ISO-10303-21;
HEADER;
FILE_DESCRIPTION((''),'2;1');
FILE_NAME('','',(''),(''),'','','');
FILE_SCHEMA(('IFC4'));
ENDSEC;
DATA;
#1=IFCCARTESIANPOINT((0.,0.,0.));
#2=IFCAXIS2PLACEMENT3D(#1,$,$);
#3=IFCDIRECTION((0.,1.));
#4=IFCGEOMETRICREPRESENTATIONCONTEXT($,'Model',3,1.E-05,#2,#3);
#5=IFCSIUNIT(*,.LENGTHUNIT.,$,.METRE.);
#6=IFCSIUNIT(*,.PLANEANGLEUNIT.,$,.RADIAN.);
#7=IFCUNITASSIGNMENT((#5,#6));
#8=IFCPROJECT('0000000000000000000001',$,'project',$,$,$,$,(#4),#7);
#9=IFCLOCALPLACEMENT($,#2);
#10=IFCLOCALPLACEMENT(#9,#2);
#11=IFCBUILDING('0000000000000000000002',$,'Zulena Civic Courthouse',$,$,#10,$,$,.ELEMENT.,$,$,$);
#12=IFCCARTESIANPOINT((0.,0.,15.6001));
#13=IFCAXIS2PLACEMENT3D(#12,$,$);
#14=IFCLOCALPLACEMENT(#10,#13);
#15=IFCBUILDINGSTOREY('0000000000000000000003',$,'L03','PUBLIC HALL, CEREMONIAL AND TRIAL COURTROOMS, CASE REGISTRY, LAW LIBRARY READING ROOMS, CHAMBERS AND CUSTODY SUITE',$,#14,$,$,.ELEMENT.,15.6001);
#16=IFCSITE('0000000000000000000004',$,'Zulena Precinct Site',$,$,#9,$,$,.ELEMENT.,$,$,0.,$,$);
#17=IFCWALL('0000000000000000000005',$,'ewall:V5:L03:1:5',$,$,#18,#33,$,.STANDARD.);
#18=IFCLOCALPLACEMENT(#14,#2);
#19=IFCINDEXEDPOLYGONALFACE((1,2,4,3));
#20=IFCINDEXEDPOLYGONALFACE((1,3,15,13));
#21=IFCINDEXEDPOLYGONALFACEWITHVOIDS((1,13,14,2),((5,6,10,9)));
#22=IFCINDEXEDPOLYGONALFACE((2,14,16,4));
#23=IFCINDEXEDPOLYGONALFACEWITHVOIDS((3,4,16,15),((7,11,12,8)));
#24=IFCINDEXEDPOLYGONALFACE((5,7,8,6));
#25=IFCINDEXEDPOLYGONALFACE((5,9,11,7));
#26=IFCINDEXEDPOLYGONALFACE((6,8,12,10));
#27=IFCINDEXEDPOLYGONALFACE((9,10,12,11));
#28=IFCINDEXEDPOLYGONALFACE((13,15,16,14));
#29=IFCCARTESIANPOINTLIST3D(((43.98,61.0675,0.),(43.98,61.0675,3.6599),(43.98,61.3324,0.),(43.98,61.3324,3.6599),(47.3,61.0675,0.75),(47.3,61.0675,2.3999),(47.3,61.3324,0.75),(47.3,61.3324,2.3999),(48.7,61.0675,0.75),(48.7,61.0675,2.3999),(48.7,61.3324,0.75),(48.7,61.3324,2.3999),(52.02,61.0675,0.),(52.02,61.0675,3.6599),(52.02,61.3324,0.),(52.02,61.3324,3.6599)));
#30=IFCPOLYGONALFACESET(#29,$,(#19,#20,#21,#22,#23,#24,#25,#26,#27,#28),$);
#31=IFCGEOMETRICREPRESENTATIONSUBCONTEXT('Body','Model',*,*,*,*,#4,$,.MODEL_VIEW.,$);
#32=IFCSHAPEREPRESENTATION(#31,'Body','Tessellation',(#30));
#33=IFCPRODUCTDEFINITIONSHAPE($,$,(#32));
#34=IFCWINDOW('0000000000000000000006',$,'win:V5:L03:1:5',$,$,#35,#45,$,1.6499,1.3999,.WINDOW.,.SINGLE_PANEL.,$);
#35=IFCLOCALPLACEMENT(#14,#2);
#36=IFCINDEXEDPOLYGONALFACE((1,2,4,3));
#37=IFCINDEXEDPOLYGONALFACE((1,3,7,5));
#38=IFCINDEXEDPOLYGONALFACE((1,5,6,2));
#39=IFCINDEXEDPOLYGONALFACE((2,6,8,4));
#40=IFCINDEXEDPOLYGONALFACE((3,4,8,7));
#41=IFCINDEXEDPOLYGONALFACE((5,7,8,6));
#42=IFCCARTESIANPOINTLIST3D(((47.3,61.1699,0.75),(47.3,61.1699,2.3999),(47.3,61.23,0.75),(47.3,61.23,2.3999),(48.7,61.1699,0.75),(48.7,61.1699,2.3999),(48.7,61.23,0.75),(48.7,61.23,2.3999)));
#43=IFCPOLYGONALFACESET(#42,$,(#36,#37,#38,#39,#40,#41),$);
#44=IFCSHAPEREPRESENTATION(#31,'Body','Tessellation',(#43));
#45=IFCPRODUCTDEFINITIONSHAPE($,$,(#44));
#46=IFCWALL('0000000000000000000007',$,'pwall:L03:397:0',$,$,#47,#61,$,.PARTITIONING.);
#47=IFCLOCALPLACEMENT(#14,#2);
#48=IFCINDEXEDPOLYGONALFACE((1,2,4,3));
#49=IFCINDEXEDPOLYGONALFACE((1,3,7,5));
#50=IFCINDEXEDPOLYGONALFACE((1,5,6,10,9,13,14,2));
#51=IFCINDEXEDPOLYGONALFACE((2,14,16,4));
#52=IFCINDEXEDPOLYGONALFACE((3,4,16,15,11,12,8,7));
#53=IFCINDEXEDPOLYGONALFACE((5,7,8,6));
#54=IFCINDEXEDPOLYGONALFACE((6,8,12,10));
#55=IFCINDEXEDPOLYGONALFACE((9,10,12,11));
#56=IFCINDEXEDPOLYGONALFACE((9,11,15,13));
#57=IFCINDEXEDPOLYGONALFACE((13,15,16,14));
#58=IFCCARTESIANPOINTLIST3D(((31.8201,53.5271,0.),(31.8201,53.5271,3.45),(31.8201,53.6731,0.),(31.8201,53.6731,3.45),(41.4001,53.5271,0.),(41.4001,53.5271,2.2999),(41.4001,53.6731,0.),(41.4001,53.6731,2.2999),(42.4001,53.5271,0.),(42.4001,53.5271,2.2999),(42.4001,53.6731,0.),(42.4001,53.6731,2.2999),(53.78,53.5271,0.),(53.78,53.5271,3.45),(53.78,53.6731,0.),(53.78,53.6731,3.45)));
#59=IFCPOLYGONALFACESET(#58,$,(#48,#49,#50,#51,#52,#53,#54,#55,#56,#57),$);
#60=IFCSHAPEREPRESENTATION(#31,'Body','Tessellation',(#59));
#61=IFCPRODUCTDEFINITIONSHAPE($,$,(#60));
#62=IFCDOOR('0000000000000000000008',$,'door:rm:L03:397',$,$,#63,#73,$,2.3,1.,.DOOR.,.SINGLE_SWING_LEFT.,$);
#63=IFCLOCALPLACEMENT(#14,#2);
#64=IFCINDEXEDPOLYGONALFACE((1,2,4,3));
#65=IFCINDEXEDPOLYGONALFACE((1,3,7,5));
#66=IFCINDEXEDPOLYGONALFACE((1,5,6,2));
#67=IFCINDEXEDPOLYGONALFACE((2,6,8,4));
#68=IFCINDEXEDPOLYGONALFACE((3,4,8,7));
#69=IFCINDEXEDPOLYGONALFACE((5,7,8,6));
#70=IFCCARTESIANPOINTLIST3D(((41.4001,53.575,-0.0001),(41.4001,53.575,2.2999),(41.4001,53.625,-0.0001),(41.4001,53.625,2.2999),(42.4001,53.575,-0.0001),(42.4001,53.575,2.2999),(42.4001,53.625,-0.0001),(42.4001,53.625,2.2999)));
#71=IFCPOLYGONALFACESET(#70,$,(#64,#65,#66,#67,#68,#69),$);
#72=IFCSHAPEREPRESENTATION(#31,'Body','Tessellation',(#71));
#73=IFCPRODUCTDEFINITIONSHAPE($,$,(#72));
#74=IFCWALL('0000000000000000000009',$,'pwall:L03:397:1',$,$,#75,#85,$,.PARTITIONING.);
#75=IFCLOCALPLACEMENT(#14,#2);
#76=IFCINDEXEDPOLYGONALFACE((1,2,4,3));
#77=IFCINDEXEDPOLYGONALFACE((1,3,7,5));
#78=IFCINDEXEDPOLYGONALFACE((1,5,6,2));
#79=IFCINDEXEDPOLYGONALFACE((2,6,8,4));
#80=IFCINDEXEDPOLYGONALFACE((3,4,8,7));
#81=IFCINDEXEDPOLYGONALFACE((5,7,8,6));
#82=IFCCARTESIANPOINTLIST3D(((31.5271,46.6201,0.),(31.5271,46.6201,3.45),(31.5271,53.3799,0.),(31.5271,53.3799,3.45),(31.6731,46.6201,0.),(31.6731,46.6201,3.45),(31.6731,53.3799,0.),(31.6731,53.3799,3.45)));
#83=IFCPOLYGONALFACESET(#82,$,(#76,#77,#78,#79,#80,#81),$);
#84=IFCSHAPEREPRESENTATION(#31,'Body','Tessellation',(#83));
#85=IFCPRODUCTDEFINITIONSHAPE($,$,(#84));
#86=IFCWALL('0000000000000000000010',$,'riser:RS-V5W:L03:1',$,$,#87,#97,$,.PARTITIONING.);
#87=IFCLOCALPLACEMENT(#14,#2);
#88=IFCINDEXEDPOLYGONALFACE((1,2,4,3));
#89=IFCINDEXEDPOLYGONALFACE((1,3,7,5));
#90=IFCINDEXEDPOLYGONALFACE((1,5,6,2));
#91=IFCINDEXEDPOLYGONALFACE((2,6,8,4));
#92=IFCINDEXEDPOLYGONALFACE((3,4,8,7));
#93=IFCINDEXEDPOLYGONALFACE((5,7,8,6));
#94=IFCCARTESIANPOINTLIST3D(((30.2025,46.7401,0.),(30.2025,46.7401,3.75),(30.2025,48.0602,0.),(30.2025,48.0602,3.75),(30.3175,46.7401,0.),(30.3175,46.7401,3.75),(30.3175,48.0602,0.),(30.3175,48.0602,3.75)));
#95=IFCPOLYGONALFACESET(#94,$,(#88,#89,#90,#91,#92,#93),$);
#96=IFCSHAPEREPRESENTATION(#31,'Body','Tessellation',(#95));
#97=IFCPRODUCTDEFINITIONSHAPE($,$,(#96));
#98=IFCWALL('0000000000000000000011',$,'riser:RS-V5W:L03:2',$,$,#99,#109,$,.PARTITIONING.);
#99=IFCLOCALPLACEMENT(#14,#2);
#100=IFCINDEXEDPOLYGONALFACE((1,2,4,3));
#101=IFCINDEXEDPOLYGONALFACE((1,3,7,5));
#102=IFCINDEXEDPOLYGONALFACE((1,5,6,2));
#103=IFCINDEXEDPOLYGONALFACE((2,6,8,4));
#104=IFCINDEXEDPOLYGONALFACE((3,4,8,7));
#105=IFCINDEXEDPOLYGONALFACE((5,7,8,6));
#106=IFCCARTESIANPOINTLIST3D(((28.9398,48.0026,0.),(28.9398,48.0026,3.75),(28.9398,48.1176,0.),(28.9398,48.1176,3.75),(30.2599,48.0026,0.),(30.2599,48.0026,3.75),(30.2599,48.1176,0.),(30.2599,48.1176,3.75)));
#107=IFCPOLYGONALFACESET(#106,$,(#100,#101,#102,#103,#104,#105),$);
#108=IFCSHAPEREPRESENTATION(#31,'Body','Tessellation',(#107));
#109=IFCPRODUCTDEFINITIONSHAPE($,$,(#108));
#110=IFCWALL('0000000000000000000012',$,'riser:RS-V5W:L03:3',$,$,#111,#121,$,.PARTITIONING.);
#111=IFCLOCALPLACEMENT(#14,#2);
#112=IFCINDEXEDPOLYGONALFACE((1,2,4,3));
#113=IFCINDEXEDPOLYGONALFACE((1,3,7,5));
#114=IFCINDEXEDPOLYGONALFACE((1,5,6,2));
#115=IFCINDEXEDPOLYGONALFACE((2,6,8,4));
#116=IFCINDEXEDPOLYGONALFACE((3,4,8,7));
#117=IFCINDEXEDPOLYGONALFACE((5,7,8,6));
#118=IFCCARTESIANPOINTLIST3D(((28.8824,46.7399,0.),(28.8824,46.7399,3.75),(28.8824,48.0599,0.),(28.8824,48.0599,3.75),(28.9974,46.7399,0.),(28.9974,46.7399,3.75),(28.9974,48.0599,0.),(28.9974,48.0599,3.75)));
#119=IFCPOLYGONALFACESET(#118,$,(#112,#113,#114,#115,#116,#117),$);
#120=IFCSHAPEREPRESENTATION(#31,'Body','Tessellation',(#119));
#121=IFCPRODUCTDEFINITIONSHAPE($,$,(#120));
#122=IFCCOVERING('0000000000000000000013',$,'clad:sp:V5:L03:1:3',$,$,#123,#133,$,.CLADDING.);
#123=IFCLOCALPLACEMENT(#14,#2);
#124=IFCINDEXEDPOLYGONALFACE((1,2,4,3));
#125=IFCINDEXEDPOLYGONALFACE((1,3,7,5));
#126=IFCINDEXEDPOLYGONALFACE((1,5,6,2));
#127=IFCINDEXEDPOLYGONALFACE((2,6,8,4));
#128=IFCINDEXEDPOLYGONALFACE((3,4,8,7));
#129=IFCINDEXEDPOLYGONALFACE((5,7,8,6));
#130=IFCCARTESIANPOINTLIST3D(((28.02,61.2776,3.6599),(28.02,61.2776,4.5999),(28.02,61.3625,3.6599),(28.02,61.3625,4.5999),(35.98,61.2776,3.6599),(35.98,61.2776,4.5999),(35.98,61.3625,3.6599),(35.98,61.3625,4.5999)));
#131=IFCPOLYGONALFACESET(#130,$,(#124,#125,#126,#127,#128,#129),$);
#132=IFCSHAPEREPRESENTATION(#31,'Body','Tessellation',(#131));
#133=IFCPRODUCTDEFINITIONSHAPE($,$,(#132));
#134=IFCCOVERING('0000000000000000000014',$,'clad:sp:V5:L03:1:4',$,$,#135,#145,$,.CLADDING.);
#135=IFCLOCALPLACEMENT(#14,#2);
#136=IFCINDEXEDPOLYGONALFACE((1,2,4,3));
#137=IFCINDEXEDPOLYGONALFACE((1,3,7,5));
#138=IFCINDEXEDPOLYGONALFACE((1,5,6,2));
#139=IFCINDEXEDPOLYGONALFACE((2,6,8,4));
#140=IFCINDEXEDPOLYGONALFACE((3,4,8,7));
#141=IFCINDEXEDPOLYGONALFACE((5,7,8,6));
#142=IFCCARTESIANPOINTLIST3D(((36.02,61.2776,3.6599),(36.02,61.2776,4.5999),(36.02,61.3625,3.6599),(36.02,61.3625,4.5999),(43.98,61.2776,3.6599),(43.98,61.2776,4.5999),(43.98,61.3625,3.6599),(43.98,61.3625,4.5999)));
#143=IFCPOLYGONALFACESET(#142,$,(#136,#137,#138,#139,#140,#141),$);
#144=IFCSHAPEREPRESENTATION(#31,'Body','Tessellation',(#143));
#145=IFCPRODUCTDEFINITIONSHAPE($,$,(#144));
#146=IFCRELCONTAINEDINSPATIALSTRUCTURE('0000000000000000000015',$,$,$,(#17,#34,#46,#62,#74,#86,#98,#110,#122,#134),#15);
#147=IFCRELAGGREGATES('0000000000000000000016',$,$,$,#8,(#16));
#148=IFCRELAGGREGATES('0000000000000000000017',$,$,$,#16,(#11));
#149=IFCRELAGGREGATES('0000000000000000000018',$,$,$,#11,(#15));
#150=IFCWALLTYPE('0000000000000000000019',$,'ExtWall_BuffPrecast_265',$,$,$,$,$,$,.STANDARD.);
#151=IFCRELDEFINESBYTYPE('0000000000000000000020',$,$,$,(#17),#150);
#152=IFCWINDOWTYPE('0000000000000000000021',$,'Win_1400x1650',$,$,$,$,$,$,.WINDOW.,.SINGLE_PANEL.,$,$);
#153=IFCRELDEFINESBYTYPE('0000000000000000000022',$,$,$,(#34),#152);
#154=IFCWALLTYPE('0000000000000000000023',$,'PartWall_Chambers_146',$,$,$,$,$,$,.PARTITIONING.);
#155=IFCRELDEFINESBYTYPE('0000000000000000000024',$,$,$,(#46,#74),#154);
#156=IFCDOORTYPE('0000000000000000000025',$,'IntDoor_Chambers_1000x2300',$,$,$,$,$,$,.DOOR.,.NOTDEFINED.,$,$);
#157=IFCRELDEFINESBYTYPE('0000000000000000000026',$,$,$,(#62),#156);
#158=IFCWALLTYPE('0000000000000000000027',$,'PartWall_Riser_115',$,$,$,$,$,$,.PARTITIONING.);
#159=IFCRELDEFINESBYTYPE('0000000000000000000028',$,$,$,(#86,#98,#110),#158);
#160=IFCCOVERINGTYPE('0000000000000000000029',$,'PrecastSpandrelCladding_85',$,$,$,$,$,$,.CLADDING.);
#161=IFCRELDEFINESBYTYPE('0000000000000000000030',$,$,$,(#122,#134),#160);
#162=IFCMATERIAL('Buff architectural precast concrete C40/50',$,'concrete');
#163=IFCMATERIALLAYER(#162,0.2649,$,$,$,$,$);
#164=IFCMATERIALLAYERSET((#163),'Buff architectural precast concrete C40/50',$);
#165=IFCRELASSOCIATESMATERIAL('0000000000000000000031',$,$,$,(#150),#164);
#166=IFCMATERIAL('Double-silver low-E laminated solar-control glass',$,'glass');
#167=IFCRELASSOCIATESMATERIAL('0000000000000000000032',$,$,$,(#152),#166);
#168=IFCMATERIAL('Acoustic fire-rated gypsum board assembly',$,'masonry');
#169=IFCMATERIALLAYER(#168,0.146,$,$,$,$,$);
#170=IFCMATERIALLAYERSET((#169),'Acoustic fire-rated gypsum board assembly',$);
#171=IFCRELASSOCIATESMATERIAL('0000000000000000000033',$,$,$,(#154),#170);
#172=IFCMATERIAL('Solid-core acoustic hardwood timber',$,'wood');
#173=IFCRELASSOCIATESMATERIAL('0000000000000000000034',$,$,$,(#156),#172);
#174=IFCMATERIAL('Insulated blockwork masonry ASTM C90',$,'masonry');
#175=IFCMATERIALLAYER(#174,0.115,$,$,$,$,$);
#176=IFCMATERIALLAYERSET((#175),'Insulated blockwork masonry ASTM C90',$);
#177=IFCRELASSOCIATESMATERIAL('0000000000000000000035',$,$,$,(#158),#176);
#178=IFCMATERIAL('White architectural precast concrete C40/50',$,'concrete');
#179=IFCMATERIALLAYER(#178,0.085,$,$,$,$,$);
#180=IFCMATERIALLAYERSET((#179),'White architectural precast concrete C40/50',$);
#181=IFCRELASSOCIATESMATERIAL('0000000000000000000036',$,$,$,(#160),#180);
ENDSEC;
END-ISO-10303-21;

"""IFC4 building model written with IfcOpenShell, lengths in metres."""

from ifc_helpers import new_model, si_unit, direction, frame, frame_2d, origin, origin_2d, place, context, subcontext, project, spatial, rectangle, extrude, material, layer, layer_set, type_object, element, fill, save


model = new_model("IFC4")

# Units and contexts
model_context = context("Model", 3, precision=1e-05, world=origin(), true_north=direction((0.0, 1.0)))
body_context = subcontext(model_context, "Body", "Model", "MODEL_VIEW")
ifc_project = project(units=[si_unit("LENGTHUNIT", "METRE"), si_unit("PLANEANGLEUNIT", "RADIAN")], contexts=[model_context])

# Site, building, storey
site_placement = place(None, origin())
site = spatial("IfcSite", under=ifc_project, at=site_placement, Name="Zulena Precinct Site", CompositionType="ELEMENT", RefElevation=0.0)
building_placement = place(site_placement, origin())
building = spatial("IfcBuilding", under=site, at=building_placement, Name="Zulena Civic Courthouse", CompositionType="ELEMENT")
storey_placement = place(building_placement, frame((0.0, 0.0, 15.6001)))
storey = spatial("IfcBuildingStorey", under=building, at=storey_placement, Name="L03", Description="PUBLIC HALL, CEREMONIAL AND TRIAL COURTROOMS, CASE REGISTRY, LAW LIBRARY READING ROOMS, CHAMBERS AND CUSTODY SUITE", CompositionType="ELEMENT", Elevation=15.6001)

# Wall, opening, window
ifc_material_1 = material(Name="Buff architectural precast concrete C40/50", Category="concrete")
ifc_layer_1 = layer(ifc_material_1, 0.2649)
ifc_layer_set_1 = layer_set([ifc_layer_1], Name="Buff architectural precast concrete C40/50")
wall_type_1 = type_object("IfcWallType", Name="ExtWall_BuffPrecast_265", PredefinedType="STANDARD", material=ifc_layer_set_1)
ifc_material_2 = material(Name="Double-silver low-E laminated solar-control glass", Category="glass")
wall_1_placement = place(storey_placement, frame((43.98, 61.2, 0.0), z_axis=(0.0, 0.0, 1.0), x_axis=(1.0, 0.0, 0.0)))
wall_1 = element("IfcWall", 1, at=wall_1_placement, inside=storey, type_object=wall_type_1, Name="ewall:V5:L03:1:5", PredefinedType="STANDARD", context=body_context, shape_type="SweptSolid", body=[
    extrude(rectangle(XDim=8.04, YDim=0.2649, at=frame_2d((4.02, 0.0))), origin(), (0.0, 0.0, 1.0), 3.6599),
])
opening_1_placement = place(wall_1_placement, frame((3.3201, 0.0, 0.75)))
opening_1 = element("IfcOpeningElement", 2, at=opening_1_placement, cuts=wall_1, PredefinedType="OPENING", context=body_context, shape_type="SweptSolid", body=[
    extrude(rectangle(XDim=1.3999, YDim=1.6499, at=frame_2d((0.7, 0.825))), frame((0.0, 0.1423, 0.0), z_axis=(0.0, -1.0, 0.0), x_axis=(1.0, 0.0, 0.0)), (0.0, 0.0, 1.0), 0.2849),
])
window_type_1 = type_object("IfcWindowType", Name="Win_1400x1650", PartitioningType="SINGLE_PANEL", PredefinedType="WINDOW", material=ifc_material_2)
window_1_placement = place(opening_1_placement, origin())
window_1 = element("IfcWindow", 3, at=window_1_placement, inside=storey, type_object=window_type_1, Name="win:V5:L03:1:5", OverallHeight=1.6499, OverallWidth=1.3999, PartitioningType="SINGLE_PANEL", PredefinedType="WINDOW", context=body_context, shape_type="SweptSolid", body=[
    extrude(rectangle(XDim=1.3999, YDim=1.6499, at=frame_2d((0.7, 0.825))), frame((0.0, 0.03, 0.0), z_axis=(0.0, -1.0, 0.0), x_axis=(1.0, 0.0, 0.0)), (0.0, 0.0, 1.0), 0.0601),
])
fill(opening_1, window_1)

# Wall, opening, door
ifc_material_3 = material(Name="Acoustic fire-rated gypsum board assembly", Category="masonry")
ifc_layer_2 = layer(ifc_material_3, 0.146)
ifc_layer_set_2 = layer_set([ifc_layer_2], Name="Acoustic fire-rated gypsum board assembly")
wall_type_2 = type_object("IfcWallType", Name="PartWall_Chambers_146", PredefinedType="PARTITIONING", material=ifc_layer_set_2)
wall_2_placement = place(storey_placement, frame((31.8201, 53.6001, 0.0), z_axis=(0.0, 0.0, 1.0), x_axis=(1.0, 0.0, 0.0)))
wall_2 = element("IfcWall", 4, at=wall_2_placement, inside=storey, type_object=wall_type_2, Name="pwall:L03:397:0", PredefinedType="PARTITIONING", context=body_context, shape_type="SweptSolid", body=[
    extrude(rectangle(XDim=21.96, YDim=0.146, at=frame_2d((10.98, 0.0))), origin(), (0.0, 0.0, 1.0), 3.45),
])
opening_2_placement = place(wall_2_placement, frame((9.5801, 0.0, 0.0)))
opening_2 = element("IfcOpeningElement", 5, at=opening_2_placement, cuts=wall_2, PredefinedType="OPENING", context=body_context, shape_type="SweptSolid", body=[
    extrude(rectangle(XDim=1.0, YDim=2.3, at=frame_2d((0.5, 1.1499))), frame((0.0, 0.083, 0.0), z_axis=(0.0, -1.0, 0.0), x_axis=(1.0, 0.0, 0.0)), (0.0, 0.0, 1.0), 0.166),
])
ifc_material_4 = material(Name="Solid-core acoustic hardwood timber", Category="wood")
door_type = type_object("IfcDoorType", Name="IntDoor_Chambers_1000x2300", OperationType="NOTDEFINED", PredefinedType="DOOR", material=ifc_material_4)
door_placement = place(opening_2_placement, origin())
door = element("IfcDoor", 6, at=door_placement, inside=storey, type_object=door_type, Name="door:rm:L03:397", OperationType="SINGLE_SWING_LEFT", OverallHeight=2.3, OverallWidth=1.0, PredefinedType="DOOR", context=body_context, shape_type="SweptSolid", body=[
    extrude(rectangle(XDim=1.0, YDim=2.3, at=frame_2d((0.5, 1.1499))), frame((0.0, 0.0249, 0.0), z_axis=(0.0, -1.0, 0.0), x_axis=(1.0, 0.0, 0.0)), (0.0, 0.0, 1.0), 0.05),
])
fill(opening_2, door)

# Walls
wall_3_placement = place(storey_placement, frame((31.6001, 46.6201, 0.0), z_axis=(0.0, 0.0, 1.0), x_axis=(0.0, 1.0, 0.0)))
element("IfcWall", 7, at=wall_3_placement, inside=storey, type_object=wall_type_2, Name="pwall:L03:397:1", PredefinedType="PARTITIONING", context=body_context, shape_type="SweptSolid", body=[
    extrude(rectangle(XDim=6.7598, YDim=0.146, at=frame_2d((3.3799, 0.0))), origin(), (0.0, 0.0, 1.0), 3.45),
])
ifc_material_5 = material(Name="Insulated blockwork masonry ASTM C90", Category="masonry")
ifc_layer_3 = layer(ifc_material_5, 0.115)
ifc_layer_set_3 = layer_set([ifc_layer_3], Name="Insulated blockwork masonry ASTM C90")
wall_type_3 = type_object("IfcWallType", Name="PartWall_Riser_115", PredefinedType="PARTITIONING", material=ifc_layer_set_3)
for number, where, z_axis, x_axis, name in (
    (8, (30.26, 46.74, 0.0), (0.0, 0.0, 1.0), (0.0, 1.0, 0.0), "riser:RS-V5W:L03:1"),
    (9, (30.26, 48.0601, 0.0), (0.0, 0.0, 1.0), (-1.0, 0.0, 0.0), "riser:RS-V5W:L03:2"),
    (10, (28.9399, 48.0601, 0.0), (0.0, 0.0, 1.0), (0.0, -1.0, 0.0), "riser:RS-V5W:L03:3"),
):
    element("IfcWall", number, at=place(storey_placement, frame(where, z_axis=z_axis, x_axis=x_axis)), inside=storey, type_object=wall_type_3, Name=name, PredefinedType="PARTITIONING", context=body_context, shape_type="SweptSolid", body=[
        extrude(rectangle(XDim=1.3201, YDim=0.115, at=frame_2d((0.6602, 0.0))), origin(), (0.0, 0.0, 1.0), 3.75),
    ])

# Coverings
ifc_material_6 = material(Name="White architectural precast concrete C40/50", Category="concrete")
ifc_layer_4 = layer(ifc_material_6, 0.085)
ifc_layer_set_4 = layer_set([ifc_layer_4], Name="White architectural precast concrete C40/50")
covering_type = type_object("IfcCoveringType", Name="PrecastSpandrelCladding_85", PredefinedType="CLADDING", material=ifc_layer_set_4)
for number, where, z_axis, x_axis, name in (
    (11, (32.0, 61.3201, 3.6599), (0.0, 0.0, 1.0), (1.0, 0.0, 0.0), "clad:sp:V5:L03:1:3"),
    (12, (40.0, 61.3201, 3.6599), (0.0, 0.0, 1.0), (1.0, 0.0, 0.0), "clad:sp:V5:L03:1:4"),
):
    element("IfcCovering", number, at=place(storey_placement, frame(where, z_axis=z_axis, x_axis=x_axis)), inside=storey, type_object=covering_type, Name=name, PredefinedType="CLADDING", context=body_context, shape_type="SweptSolid", body=[
        extrude(rectangle(XDim=7.96, YDim=0.085, at=origin_2d()), origin(), (0.0, 0.0, 1.0), 0.9399),
    ])

save(model, "model.ifc")
